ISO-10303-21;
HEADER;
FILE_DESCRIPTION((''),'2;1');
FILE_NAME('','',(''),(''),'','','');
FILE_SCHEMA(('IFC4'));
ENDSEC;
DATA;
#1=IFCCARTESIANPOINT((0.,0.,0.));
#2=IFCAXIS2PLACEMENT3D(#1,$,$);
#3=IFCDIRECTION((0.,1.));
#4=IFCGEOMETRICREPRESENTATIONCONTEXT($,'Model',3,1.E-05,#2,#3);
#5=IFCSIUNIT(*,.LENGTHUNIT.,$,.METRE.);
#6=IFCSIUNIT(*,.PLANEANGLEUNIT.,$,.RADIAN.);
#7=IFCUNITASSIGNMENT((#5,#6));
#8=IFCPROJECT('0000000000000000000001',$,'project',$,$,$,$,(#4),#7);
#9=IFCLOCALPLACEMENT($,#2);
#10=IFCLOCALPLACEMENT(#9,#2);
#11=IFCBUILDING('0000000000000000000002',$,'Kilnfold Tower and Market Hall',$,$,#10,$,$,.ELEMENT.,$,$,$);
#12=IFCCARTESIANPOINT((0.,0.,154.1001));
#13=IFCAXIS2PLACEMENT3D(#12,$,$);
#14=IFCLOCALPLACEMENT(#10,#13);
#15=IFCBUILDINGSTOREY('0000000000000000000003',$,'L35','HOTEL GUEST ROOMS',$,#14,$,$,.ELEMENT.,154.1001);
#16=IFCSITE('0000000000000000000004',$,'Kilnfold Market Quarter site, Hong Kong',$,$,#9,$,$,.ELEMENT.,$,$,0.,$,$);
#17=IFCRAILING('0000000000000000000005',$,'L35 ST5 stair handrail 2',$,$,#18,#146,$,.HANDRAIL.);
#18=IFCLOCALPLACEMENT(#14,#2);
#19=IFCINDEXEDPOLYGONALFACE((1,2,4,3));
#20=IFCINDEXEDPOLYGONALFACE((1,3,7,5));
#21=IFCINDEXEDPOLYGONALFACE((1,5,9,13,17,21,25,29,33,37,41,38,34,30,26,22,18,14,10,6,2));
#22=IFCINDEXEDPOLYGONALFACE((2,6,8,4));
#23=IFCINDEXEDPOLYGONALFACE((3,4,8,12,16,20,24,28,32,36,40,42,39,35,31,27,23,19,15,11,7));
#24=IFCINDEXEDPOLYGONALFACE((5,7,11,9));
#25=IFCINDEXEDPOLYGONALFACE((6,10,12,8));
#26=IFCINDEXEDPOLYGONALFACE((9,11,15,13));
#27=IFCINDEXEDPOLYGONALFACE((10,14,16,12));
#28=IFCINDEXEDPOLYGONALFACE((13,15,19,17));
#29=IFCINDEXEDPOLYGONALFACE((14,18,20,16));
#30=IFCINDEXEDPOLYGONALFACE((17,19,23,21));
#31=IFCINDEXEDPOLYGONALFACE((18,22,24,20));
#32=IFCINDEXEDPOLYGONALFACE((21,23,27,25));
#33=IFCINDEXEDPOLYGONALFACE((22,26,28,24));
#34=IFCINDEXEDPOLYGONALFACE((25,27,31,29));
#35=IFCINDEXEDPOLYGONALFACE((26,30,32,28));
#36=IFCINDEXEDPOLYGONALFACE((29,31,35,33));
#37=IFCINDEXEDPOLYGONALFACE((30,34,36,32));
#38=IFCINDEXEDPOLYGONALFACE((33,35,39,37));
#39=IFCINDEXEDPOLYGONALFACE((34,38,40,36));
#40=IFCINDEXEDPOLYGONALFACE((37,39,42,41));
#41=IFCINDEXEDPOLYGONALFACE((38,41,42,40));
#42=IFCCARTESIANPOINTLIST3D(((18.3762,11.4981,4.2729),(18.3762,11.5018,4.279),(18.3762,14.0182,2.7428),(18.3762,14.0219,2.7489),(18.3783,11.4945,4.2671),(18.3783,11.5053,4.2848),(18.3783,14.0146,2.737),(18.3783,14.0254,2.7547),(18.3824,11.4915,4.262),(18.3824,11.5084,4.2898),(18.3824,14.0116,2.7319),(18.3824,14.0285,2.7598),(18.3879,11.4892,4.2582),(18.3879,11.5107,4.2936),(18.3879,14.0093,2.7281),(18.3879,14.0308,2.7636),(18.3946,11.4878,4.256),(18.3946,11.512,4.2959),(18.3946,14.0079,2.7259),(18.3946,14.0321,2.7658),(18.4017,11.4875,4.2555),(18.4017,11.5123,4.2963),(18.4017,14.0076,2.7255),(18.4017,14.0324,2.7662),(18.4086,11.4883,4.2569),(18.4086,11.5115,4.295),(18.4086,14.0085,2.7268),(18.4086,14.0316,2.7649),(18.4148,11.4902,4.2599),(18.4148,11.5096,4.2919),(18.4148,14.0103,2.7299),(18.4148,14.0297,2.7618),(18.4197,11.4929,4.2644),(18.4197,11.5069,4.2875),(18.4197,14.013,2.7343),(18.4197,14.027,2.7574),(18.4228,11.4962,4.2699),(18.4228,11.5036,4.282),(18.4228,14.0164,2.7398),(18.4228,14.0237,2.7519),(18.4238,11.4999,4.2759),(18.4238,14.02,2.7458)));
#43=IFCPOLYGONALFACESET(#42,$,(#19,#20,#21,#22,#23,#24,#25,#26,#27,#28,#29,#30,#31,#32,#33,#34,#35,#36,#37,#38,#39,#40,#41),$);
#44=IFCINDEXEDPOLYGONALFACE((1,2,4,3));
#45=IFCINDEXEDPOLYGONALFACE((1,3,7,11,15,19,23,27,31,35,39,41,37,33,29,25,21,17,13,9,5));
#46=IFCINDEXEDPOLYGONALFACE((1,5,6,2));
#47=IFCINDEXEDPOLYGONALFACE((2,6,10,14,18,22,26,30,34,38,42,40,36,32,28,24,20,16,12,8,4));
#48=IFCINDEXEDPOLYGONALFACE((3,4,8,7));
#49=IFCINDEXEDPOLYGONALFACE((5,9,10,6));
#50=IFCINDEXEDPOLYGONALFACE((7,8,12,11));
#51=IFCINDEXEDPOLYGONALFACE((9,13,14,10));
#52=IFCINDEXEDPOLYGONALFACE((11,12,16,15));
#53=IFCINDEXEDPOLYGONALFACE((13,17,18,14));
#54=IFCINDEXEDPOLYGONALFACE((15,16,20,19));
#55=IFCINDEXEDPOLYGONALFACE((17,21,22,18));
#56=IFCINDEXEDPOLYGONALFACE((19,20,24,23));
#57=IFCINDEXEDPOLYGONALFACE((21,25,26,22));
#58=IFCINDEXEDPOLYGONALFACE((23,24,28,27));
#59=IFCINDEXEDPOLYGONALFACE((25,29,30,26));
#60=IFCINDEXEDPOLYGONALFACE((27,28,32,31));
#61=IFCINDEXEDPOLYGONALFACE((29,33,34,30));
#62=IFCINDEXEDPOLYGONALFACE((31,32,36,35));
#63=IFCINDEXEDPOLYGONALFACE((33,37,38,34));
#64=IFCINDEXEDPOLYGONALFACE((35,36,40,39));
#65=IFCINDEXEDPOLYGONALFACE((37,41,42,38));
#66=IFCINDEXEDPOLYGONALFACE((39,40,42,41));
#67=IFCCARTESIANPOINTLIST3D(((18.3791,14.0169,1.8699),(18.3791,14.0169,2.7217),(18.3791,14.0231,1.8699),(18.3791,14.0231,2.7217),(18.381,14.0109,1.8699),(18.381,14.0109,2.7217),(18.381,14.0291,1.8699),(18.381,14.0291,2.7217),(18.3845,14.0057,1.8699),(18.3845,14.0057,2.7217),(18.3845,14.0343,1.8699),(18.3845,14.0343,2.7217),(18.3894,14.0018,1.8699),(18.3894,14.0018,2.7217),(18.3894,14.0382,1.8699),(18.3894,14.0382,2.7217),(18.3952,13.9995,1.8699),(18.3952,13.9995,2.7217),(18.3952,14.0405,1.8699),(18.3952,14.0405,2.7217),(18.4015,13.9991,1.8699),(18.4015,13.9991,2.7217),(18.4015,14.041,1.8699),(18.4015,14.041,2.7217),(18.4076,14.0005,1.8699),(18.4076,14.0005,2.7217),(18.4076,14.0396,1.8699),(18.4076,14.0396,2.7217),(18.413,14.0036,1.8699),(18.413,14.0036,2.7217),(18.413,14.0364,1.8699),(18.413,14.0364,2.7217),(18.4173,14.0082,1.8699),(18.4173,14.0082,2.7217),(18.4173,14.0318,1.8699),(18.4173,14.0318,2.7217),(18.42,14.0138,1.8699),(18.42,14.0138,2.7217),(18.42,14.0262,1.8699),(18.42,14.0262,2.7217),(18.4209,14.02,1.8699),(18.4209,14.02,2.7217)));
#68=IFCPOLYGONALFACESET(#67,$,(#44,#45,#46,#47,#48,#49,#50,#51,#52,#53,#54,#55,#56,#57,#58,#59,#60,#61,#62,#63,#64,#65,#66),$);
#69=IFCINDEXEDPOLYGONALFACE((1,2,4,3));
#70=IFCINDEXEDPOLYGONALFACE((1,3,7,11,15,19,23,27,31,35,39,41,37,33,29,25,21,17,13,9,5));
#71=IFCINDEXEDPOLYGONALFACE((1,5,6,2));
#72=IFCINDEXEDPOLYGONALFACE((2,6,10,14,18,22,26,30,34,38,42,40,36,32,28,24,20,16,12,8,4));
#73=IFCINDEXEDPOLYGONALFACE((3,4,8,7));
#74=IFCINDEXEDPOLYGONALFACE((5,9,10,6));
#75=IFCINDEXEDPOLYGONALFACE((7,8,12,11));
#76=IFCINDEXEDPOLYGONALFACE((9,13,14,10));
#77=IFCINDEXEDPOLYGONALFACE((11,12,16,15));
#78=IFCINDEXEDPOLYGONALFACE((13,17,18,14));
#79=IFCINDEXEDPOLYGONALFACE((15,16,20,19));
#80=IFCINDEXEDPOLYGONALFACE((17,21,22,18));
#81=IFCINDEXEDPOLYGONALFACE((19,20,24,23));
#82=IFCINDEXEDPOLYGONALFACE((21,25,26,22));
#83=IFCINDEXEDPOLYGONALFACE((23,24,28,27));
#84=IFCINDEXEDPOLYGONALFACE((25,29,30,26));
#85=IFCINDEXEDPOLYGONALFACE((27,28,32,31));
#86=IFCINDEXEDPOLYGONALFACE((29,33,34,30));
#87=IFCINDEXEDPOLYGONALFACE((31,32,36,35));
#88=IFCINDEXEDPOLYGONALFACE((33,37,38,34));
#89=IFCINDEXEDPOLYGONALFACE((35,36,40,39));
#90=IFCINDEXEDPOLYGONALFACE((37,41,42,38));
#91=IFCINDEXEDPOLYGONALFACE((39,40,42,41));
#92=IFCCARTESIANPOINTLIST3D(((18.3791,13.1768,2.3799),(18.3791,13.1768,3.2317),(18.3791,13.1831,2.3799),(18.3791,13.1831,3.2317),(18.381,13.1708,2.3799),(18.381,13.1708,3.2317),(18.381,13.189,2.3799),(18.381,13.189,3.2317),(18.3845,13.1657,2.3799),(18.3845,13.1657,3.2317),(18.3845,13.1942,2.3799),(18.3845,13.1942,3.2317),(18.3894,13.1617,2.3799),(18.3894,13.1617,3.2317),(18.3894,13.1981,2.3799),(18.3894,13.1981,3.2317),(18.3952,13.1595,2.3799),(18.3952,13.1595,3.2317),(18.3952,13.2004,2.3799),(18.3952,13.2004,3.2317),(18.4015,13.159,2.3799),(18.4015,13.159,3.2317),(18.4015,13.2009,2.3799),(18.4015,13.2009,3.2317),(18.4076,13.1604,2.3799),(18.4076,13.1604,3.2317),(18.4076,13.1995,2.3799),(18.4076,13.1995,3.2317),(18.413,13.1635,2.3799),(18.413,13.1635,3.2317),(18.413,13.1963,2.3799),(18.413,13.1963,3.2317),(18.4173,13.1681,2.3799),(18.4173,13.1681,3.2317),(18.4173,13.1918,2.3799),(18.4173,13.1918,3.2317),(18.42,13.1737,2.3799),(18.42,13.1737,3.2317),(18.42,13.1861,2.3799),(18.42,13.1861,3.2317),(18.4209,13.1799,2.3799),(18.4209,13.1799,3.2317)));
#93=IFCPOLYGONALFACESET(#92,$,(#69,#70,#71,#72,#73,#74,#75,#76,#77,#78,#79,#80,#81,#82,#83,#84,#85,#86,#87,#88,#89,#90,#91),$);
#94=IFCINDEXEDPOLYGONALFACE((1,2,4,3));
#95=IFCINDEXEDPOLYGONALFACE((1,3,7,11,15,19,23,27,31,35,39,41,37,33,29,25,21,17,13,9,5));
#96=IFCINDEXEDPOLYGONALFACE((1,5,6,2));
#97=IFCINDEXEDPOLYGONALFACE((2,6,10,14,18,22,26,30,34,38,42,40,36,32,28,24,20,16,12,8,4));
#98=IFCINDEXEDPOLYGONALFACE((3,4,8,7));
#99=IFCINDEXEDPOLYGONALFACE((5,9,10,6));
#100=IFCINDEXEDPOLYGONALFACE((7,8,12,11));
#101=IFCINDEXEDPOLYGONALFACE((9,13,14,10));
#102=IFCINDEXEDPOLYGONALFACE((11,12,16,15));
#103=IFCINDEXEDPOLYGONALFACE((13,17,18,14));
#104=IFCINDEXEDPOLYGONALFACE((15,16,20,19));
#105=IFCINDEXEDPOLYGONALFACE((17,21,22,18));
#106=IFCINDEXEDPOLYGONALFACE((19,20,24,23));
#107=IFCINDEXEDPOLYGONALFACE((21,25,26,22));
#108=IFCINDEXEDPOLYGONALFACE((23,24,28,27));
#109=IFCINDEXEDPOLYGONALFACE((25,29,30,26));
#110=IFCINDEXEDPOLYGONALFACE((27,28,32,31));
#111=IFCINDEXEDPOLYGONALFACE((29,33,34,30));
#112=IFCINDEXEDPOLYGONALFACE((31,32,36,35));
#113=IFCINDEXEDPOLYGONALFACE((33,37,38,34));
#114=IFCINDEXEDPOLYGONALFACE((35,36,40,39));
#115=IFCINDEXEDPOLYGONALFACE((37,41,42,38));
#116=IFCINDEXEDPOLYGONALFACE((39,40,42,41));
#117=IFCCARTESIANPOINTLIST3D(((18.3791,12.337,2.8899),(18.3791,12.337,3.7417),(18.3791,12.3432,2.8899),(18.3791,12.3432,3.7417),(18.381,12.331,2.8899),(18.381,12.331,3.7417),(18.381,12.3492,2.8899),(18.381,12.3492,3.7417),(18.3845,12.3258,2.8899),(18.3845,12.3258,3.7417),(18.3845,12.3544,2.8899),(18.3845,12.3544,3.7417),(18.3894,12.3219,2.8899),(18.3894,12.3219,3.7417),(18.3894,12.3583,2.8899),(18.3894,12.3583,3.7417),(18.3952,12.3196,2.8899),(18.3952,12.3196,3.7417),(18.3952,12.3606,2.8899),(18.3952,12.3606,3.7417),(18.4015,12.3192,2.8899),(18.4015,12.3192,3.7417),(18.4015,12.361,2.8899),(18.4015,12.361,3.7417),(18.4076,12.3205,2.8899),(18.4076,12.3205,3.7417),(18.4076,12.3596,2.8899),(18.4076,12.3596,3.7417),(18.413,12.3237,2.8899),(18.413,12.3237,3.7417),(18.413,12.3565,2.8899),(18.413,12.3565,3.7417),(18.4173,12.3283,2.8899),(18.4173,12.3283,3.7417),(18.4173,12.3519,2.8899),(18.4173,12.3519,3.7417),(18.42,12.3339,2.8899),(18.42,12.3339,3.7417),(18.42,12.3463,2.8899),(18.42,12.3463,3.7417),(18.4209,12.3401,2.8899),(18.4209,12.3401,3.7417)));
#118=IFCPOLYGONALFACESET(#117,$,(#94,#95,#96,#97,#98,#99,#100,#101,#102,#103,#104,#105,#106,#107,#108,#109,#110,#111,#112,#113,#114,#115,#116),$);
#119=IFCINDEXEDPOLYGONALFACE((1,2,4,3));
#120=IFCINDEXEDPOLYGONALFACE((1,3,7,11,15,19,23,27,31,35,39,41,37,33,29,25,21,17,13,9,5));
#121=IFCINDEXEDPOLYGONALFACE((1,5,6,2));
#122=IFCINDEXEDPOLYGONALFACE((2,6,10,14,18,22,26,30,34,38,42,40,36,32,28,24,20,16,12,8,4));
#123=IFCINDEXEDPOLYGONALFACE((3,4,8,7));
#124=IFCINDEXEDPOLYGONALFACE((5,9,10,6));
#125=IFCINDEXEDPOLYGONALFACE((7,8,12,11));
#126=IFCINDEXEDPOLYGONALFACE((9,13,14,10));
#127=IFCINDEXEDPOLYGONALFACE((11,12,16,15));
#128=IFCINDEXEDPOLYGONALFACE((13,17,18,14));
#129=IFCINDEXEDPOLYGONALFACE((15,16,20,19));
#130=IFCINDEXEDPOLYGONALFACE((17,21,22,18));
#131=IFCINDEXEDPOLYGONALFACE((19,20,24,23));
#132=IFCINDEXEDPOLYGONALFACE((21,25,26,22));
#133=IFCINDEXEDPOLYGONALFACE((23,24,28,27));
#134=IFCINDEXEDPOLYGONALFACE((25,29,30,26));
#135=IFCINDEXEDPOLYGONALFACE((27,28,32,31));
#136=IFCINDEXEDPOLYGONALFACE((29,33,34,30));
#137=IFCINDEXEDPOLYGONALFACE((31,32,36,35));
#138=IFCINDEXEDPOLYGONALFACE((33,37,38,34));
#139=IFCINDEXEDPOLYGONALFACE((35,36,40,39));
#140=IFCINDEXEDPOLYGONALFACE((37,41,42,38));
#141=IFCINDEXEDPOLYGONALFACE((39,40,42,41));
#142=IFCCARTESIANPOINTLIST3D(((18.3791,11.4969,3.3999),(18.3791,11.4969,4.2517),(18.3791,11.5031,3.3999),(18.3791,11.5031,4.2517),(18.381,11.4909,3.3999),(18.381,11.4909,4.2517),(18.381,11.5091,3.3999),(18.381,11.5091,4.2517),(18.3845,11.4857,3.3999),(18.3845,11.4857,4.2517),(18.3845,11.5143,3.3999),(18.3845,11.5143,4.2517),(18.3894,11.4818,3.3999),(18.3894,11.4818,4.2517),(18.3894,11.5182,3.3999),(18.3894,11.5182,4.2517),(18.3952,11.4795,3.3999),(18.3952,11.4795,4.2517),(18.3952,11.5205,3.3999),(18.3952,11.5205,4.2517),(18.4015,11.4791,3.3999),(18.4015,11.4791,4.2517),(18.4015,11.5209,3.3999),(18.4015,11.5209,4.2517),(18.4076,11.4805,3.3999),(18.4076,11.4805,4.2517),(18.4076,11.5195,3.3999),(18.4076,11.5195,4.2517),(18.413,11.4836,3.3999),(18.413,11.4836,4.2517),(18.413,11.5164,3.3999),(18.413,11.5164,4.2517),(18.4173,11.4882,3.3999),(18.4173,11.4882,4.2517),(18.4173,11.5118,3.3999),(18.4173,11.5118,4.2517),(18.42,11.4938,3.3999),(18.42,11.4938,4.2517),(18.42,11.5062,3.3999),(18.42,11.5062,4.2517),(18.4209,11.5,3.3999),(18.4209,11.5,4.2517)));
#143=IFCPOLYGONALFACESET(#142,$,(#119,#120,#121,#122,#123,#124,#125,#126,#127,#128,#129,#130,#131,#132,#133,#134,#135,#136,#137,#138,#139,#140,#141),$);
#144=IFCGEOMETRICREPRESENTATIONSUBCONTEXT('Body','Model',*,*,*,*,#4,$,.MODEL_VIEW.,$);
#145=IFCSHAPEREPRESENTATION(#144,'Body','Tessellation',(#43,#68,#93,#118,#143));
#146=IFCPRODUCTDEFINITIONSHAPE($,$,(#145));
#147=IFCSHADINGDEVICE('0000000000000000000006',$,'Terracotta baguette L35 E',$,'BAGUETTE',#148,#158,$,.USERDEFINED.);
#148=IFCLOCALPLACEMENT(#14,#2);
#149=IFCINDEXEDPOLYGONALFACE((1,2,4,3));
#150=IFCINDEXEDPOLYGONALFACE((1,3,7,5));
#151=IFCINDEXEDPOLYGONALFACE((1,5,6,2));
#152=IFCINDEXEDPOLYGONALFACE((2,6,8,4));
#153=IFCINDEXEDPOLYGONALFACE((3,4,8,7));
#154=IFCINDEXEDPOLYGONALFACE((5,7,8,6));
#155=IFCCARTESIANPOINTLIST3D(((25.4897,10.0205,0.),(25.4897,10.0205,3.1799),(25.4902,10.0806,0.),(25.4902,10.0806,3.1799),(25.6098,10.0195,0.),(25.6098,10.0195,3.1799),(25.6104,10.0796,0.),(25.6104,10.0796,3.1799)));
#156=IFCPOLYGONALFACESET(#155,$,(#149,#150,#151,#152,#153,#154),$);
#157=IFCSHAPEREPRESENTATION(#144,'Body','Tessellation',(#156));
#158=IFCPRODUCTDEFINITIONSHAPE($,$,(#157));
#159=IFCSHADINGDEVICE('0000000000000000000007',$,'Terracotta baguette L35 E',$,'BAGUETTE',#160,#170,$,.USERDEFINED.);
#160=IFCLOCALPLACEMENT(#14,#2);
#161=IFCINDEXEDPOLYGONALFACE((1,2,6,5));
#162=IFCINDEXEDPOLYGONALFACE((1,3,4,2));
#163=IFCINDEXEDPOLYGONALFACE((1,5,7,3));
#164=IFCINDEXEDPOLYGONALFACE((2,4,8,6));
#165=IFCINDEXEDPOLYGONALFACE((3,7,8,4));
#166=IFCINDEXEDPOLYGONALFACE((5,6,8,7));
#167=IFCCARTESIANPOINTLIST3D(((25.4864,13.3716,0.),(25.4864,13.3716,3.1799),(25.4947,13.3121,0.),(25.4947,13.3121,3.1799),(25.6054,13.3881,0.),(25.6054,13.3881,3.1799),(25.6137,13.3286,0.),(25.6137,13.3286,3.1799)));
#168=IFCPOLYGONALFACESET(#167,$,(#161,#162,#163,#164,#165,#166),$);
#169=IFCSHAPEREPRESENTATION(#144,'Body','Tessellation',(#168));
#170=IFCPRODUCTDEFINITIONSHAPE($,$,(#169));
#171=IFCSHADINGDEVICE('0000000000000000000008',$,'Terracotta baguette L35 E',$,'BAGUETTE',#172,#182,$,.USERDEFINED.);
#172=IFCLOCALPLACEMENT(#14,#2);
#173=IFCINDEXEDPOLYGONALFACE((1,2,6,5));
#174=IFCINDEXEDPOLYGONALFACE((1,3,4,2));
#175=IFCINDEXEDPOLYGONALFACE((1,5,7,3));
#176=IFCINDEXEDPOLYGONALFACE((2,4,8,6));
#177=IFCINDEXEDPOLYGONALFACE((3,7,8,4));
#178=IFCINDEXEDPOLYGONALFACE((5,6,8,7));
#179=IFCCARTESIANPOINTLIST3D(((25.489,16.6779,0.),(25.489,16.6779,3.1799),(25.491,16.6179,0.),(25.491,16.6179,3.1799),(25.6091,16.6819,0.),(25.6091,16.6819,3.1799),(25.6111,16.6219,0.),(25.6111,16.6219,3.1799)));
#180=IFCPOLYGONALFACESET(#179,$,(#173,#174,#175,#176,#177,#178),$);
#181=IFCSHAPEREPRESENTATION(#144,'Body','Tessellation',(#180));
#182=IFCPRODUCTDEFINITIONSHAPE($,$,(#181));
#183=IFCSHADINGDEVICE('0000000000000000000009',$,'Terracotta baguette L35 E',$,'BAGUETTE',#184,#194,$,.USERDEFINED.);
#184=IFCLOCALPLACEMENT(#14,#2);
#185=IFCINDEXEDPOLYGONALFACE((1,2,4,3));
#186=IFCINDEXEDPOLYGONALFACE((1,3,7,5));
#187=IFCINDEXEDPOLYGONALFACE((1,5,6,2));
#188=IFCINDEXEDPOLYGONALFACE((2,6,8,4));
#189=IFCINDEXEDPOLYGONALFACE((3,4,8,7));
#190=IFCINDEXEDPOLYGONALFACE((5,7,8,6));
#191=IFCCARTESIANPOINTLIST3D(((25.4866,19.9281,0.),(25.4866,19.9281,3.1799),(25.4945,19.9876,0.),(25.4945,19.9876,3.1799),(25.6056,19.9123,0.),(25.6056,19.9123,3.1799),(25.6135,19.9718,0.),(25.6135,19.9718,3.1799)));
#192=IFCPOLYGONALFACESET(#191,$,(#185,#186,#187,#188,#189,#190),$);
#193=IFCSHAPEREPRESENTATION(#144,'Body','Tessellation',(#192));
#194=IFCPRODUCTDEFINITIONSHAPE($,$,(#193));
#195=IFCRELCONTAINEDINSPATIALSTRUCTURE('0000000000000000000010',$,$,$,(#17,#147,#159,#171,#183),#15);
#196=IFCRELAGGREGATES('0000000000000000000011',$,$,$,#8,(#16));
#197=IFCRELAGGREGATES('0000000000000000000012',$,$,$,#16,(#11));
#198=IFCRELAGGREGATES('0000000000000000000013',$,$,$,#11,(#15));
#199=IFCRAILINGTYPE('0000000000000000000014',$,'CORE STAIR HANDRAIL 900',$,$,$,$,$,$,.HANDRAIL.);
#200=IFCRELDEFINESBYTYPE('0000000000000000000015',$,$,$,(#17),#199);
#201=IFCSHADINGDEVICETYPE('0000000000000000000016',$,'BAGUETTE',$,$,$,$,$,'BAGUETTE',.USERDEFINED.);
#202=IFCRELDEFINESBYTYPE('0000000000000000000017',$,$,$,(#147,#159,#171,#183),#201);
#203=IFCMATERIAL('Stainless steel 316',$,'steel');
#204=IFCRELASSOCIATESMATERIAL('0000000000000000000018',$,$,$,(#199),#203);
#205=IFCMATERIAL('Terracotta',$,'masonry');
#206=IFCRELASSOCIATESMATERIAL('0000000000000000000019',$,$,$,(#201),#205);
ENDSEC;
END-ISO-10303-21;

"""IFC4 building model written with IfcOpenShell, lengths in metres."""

from ifc_helpers import new_model, si_unit, direction, frame, origin, origin_2d, place, context, subcontext, project, spatial, rectangle, circle, extrude, source, transform, mapped, material, material_profile, profile_set, type_object, element, save


model = new_model("IFC4")

# Units and contexts
model_context = context("Model", 3, precision=1e-05, world=origin(), true_north=direction((0.0, 1.0)))
body_context = subcontext(model_context, "Body", "Model", "MODEL_VIEW")
ifc_project = project(units=[si_unit("LENGTHUNIT", "METRE"), si_unit("PLANEANGLEUNIT", "RADIAN")], contexts=[model_context])

# Site, building, storey
site_placement = place(None, origin())
site = spatial("IfcSite", under=ifc_project, at=site_placement, Name="Kilnfold Market Quarter site, Hong Kong", CompositionType="ELEMENT", RefElevation=0.0)
building_placement = place(site_placement, origin())
building = spatial("IfcBuilding", under=site, at=building_placement, Name="Kilnfold Tower and Market Hall", CompositionType="ELEMENT")
storey_placement = place(building_placement, frame((0.0, 0.0, 154.1001)))
storey = spatial("IfcBuildingStorey", under=building, at=storey_placement, Name="L35", Description="HOTEL GUEST ROOMS", CompositionType="ELEMENT", Elevation=154.1001)

# Railing
ifc_material_1 = material(Name="Stainless steel 316", Category="steel")
railing_type_1 = type_object("IfcRailingType", Name="CORE STAIR HANDRAIL 900", PredefinedType="HANDRAIL", material=ifc_material_1)
railing_1_placement = place(storey_placement, frame((18.3999, 14.02, 1.8699)))
element("IfcRailing", 1, at=railing_1_placement, inside=storey, type_object=railing_type_1, Name="L35 ST5 stair handrail 2", PredefinedType="HANDRAIL", context=body_context, shape_type="SweptSolid", body=[
    extrude(circle(Radius=0.0239, at=origin_2d()), frame((0.0, 0.0, 0.876), z_axis=(0.0, -0.854785, 0.518982), x_axis=(1.0, 0.0, 0.0)), (0.0, 0.0, 1.0), 2.9482),
    extrude(circle(Radius=0.021, at=origin_2d()), origin(), (0.0, 0.0, 1.0), 0.8518),
    extrude(circle(Radius=0.021, at=origin_2d()), frame((0.0, -0.8401, 0.51)), (0.0, 0.0, 1.0), 0.8518),
    extrude(circle(Radius=0.021, at=origin_2d()), frame((0.0, -1.6799, 1.02)), (0.0, 0.0, 1.0), 0.8518),
    extrude(circle(Radius=0.021, at=origin_2d()), frame((0.0, -2.52, 1.53)), (0.0, 0.0, 1.0), 0.8518),
])

# Shading devices
ifc_material_2 = material(Name="Terracotta", Category="masonry")
ifc_material_profile = material_profile(ifc_material_2, rectangle(XDim=0.0601, YDim=0.1201, at=origin_2d()), Name="BAG 60x120")
ifc_profile_set = profile_set([ifc_material_profile], Name="Terracotta")
shading_device_type = type_object("IfcShadingDeviceType", Name="BAGUETTE", ElementType="BAGUETTE", PredefinedType="USERDEFINED", material=ifc_profile_set)
shared_shape_1 = source(origin(), body_context, "Body", "SweptSolid", [
    extrude(rectangle(XDim=0.0601, YDim=0.1201, at=origin_2d()), origin(), (0.0, 0.0, 1.0), 3.1799),
])
for number, where, z_axis, x_axis, name in (
    (2, (25.55, 10.05, 0.0), (0.0, 0.0, 1.0), (0.008533, 0.999964, 0.0), "Terracotta baguette L35 E"),
    (3, (25.55, 13.3501, 0.0), (0.0, 0.0, 1.0), (-0.137602, 0.990488, 0.0), "Terracotta baguette L35 E"),
    (4, (25.55, 16.6499, 0.0), (0.0, 0.0, 1.0), (-0.033274, 0.999446, 0.0), "Terracotta baguette L35 E"),
    (5, (25.55, 19.95, 0.0), (0.0, 0.0, 1.0), (0.131689, 0.991291, 0.0), "Terracotta baguette L35 E"),
):
    element("IfcShadingDevice", number, at=place(storey_placement, frame(where, z_axis=z_axis, x_axis=x_axis)), inside=storey, type_object=shading_device_type, Name=name, ObjectType="BAGUETTE", PredefinedType="USERDEFINED", context=body_context, shape_type="MappedRepresentation", body=[
        mapped(shared_shape_1, transform((0.0, 0.0, 0.0))),
    ])

save(model, "model.ifc")
